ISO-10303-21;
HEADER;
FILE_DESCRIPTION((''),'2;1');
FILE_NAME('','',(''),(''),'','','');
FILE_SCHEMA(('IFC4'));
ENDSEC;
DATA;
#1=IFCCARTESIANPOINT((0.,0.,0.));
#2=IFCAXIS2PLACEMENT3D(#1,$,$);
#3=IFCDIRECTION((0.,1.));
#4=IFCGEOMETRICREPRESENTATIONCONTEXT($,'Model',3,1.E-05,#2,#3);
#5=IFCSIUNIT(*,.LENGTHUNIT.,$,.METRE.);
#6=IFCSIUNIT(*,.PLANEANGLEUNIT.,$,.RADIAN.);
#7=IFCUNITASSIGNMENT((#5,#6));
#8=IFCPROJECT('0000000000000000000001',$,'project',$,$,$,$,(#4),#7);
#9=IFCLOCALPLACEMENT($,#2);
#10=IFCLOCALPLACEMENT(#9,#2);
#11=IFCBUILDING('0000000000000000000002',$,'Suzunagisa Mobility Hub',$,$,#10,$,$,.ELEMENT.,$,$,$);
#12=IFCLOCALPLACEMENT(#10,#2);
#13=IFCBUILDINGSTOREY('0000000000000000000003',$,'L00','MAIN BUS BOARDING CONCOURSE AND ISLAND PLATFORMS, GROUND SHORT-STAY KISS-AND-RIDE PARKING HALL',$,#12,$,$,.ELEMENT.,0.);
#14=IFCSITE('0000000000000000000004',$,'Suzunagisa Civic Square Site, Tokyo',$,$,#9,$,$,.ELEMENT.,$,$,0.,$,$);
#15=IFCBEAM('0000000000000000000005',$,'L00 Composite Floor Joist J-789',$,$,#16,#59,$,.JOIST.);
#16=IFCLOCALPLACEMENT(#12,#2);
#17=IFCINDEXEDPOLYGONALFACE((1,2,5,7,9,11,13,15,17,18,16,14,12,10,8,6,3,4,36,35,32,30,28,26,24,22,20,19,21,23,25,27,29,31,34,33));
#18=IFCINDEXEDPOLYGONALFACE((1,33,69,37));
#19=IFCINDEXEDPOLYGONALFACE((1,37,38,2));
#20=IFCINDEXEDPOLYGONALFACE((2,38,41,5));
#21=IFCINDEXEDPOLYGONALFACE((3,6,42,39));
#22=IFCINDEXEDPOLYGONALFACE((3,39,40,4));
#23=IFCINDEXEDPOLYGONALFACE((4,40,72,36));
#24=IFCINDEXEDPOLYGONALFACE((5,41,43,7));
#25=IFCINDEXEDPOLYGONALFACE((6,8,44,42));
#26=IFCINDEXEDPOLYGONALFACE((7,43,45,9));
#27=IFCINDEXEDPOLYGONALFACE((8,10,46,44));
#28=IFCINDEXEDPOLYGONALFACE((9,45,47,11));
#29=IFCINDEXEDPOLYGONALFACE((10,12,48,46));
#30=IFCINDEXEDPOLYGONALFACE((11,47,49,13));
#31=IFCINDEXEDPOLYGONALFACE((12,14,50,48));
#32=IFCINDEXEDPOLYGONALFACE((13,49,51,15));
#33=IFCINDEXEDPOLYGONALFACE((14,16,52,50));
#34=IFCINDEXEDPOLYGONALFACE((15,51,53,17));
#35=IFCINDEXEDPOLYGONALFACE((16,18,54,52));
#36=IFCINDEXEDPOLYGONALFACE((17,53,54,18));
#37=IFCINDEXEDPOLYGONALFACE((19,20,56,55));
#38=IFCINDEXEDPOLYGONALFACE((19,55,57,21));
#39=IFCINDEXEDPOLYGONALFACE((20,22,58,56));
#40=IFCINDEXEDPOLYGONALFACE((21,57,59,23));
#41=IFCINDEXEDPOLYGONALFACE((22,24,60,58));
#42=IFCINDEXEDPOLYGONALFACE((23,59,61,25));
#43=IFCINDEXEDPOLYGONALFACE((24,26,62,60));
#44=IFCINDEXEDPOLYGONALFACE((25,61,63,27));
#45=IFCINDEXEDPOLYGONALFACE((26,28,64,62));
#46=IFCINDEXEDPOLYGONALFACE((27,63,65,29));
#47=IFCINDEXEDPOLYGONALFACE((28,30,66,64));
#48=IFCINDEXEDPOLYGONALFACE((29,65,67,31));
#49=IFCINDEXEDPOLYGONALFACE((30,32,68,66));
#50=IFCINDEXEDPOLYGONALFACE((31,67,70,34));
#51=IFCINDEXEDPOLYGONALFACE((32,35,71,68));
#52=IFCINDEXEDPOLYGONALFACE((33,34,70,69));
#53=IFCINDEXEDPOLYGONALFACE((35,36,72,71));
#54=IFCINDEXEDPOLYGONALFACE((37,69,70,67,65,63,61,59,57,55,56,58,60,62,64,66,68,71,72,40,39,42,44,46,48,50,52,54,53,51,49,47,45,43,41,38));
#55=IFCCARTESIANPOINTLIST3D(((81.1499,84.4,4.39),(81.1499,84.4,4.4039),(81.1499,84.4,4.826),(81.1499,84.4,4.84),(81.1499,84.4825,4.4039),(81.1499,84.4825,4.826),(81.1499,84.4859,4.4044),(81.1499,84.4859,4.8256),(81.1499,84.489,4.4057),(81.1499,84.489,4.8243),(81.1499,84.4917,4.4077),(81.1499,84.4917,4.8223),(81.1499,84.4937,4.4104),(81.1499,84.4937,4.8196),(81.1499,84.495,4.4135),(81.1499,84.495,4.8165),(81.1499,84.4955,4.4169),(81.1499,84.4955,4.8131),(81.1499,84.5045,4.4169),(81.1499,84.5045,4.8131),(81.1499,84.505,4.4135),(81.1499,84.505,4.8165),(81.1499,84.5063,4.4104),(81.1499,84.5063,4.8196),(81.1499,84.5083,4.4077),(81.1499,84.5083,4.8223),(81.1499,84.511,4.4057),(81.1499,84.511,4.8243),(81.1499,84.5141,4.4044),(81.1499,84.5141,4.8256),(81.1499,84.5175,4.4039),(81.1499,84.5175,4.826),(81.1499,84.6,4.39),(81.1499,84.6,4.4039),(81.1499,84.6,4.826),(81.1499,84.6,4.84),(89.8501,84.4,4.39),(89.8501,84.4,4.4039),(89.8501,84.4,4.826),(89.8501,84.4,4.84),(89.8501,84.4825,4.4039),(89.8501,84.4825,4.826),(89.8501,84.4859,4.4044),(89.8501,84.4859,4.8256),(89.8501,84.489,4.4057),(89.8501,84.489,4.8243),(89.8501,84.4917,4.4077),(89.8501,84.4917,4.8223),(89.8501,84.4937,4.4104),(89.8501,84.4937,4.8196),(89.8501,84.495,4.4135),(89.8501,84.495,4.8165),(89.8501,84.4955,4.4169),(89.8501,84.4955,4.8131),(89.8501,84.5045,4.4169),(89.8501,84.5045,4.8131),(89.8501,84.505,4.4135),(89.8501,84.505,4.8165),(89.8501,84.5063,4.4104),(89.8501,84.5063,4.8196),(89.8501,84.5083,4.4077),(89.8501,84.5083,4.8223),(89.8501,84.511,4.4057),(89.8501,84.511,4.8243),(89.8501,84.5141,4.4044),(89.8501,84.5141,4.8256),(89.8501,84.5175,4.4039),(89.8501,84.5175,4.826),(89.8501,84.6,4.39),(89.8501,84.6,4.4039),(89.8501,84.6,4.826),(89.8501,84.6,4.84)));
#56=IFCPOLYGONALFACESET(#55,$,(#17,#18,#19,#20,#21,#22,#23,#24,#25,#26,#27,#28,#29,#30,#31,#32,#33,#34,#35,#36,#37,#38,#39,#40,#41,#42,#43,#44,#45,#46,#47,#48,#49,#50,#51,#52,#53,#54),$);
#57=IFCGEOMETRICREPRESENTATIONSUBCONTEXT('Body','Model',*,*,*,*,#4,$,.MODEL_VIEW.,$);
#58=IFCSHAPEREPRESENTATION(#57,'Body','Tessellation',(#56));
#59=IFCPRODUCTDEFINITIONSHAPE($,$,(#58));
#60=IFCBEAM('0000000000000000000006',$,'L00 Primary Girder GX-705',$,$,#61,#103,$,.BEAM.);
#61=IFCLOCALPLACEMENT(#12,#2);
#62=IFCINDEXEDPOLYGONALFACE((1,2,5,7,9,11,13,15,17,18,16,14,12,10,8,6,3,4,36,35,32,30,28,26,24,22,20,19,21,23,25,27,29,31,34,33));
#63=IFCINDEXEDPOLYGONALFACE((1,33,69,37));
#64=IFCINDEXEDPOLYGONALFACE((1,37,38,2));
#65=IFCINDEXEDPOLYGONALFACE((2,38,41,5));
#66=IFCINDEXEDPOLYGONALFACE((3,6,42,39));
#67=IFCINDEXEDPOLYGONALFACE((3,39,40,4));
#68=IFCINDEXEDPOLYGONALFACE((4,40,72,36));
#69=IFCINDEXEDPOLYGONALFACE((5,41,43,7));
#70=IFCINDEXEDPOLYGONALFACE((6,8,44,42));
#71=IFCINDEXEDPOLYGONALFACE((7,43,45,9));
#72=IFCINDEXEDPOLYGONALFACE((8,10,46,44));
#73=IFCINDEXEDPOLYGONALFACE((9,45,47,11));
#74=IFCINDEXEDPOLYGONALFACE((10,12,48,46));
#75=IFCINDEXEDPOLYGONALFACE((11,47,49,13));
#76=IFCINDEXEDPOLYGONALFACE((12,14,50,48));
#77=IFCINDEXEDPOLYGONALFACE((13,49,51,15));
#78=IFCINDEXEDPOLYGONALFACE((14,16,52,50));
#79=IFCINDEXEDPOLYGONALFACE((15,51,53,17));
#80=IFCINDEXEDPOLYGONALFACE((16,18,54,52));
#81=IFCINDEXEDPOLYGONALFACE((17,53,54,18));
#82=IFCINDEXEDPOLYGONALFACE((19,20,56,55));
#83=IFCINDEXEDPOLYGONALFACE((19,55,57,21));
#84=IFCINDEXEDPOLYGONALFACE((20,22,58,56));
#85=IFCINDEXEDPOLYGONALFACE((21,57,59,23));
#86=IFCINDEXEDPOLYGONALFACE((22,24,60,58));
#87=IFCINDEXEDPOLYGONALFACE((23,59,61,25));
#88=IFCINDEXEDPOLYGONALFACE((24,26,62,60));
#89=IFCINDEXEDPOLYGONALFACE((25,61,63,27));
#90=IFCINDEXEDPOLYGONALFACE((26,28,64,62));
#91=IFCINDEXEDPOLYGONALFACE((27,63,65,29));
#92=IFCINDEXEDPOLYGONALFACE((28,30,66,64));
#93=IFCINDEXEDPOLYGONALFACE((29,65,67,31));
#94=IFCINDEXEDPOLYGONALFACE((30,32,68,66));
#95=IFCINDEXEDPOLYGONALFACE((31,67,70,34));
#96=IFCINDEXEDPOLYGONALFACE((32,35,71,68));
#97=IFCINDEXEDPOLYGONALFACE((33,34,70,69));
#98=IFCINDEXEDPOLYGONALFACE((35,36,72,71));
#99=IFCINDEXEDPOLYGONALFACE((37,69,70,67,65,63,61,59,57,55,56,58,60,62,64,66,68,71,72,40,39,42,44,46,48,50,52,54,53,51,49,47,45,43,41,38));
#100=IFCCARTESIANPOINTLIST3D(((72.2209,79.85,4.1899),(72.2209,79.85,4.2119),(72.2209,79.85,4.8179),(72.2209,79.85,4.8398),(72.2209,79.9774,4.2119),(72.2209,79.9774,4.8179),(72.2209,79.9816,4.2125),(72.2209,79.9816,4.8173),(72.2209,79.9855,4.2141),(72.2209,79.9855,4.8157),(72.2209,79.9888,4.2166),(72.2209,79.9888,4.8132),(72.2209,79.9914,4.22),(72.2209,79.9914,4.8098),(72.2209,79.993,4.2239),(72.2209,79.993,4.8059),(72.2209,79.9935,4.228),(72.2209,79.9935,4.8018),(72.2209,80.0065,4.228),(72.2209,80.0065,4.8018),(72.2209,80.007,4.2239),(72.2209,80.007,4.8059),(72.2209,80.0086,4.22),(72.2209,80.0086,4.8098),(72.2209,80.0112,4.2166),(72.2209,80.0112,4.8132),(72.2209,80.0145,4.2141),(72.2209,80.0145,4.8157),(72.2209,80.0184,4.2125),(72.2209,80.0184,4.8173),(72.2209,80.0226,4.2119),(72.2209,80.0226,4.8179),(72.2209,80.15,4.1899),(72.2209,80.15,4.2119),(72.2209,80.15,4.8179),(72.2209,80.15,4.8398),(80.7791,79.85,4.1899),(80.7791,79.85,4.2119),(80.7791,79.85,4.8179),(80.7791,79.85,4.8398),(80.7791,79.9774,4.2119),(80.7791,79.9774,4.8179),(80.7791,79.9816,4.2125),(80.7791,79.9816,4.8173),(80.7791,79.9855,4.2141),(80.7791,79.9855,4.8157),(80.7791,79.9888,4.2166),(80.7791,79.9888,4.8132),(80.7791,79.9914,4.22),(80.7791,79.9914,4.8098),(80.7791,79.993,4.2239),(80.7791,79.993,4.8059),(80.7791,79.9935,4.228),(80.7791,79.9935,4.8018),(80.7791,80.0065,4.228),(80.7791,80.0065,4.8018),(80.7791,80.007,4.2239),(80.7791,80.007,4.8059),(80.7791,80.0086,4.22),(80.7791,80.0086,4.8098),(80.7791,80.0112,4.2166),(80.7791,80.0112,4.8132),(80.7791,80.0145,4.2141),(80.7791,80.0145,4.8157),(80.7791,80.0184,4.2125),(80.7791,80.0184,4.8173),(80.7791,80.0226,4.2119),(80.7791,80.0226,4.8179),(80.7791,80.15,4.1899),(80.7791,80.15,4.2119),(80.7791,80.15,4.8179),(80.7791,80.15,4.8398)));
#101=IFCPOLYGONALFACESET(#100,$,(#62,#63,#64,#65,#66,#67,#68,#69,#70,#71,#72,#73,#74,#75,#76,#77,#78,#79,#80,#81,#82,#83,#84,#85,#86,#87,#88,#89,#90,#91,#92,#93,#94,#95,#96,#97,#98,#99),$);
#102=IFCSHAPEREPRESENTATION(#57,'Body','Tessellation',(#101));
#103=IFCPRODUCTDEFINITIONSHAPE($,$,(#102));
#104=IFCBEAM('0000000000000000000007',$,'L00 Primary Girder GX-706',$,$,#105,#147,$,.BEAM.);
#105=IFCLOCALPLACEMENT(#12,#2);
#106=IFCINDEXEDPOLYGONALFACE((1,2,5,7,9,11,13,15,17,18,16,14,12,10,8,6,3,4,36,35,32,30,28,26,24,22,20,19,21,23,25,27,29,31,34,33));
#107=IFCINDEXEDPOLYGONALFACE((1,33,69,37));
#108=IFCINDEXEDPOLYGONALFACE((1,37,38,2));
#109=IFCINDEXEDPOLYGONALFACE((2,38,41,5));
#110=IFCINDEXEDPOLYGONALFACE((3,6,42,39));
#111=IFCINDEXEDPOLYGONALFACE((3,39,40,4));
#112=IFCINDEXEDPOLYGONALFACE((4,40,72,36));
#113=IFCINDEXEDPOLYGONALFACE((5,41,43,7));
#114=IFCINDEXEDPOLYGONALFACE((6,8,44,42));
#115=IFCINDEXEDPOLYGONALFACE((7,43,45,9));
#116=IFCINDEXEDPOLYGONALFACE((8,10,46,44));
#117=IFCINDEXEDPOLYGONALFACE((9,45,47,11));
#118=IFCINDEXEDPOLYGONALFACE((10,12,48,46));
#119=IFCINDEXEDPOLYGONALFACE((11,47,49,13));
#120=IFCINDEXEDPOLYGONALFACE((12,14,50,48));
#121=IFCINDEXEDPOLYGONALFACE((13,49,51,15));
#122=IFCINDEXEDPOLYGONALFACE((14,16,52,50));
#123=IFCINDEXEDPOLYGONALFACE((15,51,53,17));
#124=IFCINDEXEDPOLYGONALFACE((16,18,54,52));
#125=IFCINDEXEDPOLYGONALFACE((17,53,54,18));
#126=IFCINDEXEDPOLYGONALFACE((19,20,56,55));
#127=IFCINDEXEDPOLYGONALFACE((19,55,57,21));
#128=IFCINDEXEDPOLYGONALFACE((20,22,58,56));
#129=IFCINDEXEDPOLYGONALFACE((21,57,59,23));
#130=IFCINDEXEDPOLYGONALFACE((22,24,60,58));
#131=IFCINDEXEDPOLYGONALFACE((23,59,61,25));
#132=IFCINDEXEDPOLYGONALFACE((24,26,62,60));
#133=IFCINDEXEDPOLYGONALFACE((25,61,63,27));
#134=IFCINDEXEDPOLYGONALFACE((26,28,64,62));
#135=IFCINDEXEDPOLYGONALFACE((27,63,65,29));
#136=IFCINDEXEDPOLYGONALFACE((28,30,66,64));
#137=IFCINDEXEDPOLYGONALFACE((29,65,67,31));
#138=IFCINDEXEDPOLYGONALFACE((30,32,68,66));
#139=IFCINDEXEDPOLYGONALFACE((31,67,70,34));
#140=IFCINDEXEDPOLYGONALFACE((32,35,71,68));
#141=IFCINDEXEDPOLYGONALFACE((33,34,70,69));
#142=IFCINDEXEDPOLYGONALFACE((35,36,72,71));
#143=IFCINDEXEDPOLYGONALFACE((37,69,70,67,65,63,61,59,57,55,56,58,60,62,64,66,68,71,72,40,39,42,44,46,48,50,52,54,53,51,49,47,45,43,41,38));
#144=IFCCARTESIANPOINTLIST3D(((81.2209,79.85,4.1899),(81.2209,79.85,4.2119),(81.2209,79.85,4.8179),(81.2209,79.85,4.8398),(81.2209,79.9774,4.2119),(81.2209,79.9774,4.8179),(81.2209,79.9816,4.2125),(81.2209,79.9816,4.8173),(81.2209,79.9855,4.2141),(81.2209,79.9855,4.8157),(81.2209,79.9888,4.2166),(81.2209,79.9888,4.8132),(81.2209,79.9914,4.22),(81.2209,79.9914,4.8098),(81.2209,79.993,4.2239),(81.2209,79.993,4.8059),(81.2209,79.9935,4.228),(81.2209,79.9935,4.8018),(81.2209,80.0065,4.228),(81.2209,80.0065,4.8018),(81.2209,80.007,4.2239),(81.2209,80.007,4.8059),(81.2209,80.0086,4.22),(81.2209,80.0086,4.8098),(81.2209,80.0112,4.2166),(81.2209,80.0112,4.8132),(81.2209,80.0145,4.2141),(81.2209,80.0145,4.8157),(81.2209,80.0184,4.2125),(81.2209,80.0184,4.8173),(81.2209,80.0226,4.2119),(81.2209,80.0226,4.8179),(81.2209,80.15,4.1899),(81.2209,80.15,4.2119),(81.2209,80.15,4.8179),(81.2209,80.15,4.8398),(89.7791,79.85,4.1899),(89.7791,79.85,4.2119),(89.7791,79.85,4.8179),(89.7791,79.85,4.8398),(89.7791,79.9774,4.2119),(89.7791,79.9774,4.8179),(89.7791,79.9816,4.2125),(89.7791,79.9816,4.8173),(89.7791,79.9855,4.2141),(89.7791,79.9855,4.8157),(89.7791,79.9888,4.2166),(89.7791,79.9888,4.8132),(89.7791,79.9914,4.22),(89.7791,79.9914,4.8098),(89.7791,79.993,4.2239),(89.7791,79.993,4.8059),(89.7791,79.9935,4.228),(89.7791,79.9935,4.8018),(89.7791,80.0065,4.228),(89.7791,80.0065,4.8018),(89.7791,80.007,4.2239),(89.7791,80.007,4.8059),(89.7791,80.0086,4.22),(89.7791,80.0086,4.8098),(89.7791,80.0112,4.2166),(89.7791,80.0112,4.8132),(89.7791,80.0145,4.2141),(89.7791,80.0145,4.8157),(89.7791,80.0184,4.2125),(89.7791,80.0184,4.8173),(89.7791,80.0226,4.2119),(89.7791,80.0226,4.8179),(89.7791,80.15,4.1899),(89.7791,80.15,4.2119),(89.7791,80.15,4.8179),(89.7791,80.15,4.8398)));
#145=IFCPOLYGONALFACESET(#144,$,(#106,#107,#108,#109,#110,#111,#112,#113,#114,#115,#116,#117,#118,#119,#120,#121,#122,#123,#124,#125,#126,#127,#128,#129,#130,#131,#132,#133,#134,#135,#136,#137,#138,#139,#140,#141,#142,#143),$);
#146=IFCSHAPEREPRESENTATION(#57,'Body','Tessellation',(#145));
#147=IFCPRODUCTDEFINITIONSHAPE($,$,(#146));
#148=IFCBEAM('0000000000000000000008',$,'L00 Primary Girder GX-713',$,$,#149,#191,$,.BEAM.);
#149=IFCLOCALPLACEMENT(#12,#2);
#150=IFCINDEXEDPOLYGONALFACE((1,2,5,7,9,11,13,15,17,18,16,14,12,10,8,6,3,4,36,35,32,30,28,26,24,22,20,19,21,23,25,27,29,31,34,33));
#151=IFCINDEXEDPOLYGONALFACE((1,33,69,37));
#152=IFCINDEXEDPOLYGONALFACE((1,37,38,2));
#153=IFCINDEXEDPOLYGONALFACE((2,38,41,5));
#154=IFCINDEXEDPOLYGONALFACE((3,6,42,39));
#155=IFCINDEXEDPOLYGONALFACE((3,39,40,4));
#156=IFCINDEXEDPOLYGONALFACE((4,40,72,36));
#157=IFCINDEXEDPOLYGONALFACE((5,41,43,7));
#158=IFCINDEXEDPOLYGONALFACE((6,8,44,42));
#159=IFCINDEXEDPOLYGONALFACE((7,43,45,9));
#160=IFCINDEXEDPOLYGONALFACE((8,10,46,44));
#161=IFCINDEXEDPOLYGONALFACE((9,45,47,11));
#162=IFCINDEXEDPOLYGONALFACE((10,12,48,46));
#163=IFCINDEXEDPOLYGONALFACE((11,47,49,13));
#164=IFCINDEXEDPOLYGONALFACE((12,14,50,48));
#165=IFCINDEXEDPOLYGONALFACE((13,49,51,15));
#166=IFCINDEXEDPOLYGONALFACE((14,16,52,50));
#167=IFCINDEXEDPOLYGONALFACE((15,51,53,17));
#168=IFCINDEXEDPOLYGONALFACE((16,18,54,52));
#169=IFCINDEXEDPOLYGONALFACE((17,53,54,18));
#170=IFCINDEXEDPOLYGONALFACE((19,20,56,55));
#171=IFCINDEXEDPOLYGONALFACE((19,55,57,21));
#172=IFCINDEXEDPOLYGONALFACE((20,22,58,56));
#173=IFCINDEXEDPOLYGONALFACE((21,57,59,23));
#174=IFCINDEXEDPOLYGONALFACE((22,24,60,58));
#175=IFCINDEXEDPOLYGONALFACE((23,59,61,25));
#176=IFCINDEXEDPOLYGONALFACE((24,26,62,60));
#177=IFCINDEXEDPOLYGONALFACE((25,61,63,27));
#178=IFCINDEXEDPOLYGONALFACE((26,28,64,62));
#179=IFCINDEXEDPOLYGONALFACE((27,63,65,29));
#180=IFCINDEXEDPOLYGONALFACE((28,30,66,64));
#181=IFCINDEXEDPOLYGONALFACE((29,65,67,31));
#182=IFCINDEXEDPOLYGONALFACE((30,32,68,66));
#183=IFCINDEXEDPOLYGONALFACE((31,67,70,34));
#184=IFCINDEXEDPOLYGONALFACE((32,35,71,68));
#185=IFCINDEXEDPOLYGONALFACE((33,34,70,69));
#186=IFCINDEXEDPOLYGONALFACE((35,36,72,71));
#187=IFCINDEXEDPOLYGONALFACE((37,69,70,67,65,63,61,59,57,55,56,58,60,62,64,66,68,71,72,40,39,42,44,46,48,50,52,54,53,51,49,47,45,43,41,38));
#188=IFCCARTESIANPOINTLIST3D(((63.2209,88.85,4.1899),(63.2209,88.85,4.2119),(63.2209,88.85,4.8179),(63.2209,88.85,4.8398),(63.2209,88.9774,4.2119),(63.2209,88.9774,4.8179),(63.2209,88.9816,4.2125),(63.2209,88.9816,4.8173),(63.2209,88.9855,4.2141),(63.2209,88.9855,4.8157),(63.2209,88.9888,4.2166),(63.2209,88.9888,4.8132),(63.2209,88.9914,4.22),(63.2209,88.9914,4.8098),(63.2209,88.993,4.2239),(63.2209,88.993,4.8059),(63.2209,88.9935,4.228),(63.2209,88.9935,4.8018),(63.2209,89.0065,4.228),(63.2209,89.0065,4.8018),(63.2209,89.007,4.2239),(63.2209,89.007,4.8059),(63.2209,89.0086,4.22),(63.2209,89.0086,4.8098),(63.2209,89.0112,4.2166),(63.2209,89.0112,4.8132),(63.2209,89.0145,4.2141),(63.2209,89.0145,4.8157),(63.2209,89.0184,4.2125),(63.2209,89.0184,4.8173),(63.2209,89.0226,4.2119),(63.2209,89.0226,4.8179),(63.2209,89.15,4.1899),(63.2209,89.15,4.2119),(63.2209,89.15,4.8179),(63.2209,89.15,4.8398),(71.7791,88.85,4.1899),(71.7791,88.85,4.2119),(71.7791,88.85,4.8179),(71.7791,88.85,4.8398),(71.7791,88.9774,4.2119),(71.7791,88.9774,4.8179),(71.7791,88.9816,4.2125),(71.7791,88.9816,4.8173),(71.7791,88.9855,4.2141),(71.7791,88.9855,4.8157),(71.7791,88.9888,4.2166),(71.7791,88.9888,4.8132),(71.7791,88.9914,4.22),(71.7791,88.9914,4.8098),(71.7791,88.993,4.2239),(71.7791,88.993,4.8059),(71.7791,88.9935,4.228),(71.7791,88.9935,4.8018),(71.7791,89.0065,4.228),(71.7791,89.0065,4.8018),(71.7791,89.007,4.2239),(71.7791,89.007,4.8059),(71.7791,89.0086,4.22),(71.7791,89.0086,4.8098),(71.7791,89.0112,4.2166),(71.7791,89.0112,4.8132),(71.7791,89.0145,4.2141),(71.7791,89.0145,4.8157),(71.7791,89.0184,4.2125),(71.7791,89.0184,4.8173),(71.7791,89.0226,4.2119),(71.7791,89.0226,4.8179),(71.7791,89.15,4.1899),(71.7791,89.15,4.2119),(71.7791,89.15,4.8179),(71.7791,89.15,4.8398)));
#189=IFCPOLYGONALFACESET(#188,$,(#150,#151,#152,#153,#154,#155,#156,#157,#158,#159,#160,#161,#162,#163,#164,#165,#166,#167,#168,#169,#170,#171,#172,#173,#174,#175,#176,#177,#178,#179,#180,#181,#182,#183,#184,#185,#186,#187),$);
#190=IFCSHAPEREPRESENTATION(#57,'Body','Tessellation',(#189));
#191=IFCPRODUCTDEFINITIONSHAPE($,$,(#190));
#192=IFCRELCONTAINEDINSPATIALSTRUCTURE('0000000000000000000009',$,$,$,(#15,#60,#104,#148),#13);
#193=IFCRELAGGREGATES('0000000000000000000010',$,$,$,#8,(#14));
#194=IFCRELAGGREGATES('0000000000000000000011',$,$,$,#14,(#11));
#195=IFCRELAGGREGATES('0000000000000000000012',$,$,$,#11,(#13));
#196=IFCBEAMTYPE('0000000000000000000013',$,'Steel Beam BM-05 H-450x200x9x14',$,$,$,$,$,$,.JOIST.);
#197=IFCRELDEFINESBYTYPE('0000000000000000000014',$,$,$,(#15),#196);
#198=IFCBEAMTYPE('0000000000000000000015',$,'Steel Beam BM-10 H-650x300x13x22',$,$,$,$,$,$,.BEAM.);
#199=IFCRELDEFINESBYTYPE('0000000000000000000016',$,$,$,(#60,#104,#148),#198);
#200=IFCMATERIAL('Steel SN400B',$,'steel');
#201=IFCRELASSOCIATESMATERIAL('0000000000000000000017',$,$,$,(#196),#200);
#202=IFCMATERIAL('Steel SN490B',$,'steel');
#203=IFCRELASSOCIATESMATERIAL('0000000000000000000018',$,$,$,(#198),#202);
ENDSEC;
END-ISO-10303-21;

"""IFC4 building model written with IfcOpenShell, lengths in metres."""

from ifc_helpers import new_model, si_unit, direction, frame, origin, origin_2d, place, context, subcontext, project, spatial, i_section, extrude, material, material_profile, profile_set, type_object, element, save


model = new_model("IFC4")

# Units and contexts
model_context = context("Model", 3, precision=1e-05, world=origin(), true_north=direction((0.0, 1.0)))
body_context = subcontext(model_context, "Body", "Model", "MODEL_VIEW")
ifc_project = project(units=[si_unit("LENGTHUNIT", "METRE"), si_unit("PLANEANGLEUNIT", "RADIAN")], contexts=[model_context])

# Site, building, storey
site_placement = place(None, origin())
site = spatial("IfcSite", under=ifc_project, at=site_placement, Name="Suzunagisa Civic Square Site, Tokyo", CompositionType="ELEMENT", RefElevation=0.0)
building_placement = place(site_placement, origin())
building = spatial("IfcBuilding", under=site, at=building_placement, Name="Suzunagisa Mobility Hub", CompositionType="ELEMENT")
storey_placement = place(building_placement, origin())
storey = spatial("IfcBuildingStorey", under=building, at=storey_placement, Name="L00", Description="MAIN BUS BOARDING CONCOURSE AND ISLAND PLATFORMS, GROUND SHORT-STAY KISS-AND-RIDE PARKING HALL", CompositionType="ELEMENT", Elevation=0.0)

# Shared definitions
ifc_material_1 = material(Name="Steel SN490B", Category="steel")

# Beams
ifc_material_2 = material(Name="Steel SN400B", Category="steel")
ifc_material_profile_1 = material_profile(ifc_material_2, i_section(OverallWidth=0.2, OverallDepth=0.45, WebThickness=0.009, FlangeThickness=0.0139, FilletRadius=0.0129, at=origin_2d()), Name="H-450x200x9x14")
ifc_profile_set_1 = profile_set([ifc_material_profile_1], Name="Steel SN400B")
beam_type_1 = type_object("IfcBeamType", Name="Steel Beam BM-05 H-450x200x9x14", PredefinedType="JOIST", material=ifc_profile_set_1)
for number, where, z_axis, x_axis, name in (
    (1, (81.1499, 84.5, 4.615), (1.0, 0.0, 0.0), (0.0, 1.0, 0.0), "L00 Composite Floor Joist J-789"),
):
    element("IfcBeam", number, at=place(storey_placement, frame(where, z_axis=z_axis, x_axis=x_axis)), inside=storey, type_object=beam_type_1, Name=name, PredefinedType="JOIST", context=body_context, shape_type="SweptSolid", body=[
        extrude(i_section(OverallWidth=0.2, OverallDepth=0.45, WebThickness=0.009, FlangeThickness=0.0139, FilletRadius=0.0129, at=origin_2d()), origin(), (0.0, 0.0, 1.0), 8.7002),
    ])
ifc_material_profile_2 = material_profile(ifc_material_1, i_section(OverallWidth=0.3, OverallDepth=0.6499, WebThickness=0.0129, FlangeThickness=0.022, FilletRadius=0.0161, at=origin_2d()), Name="H-650x300x13x22")
ifc_profile_set_2 = profile_set([ifc_material_profile_2], Name="Steel SN490B")
beam_type_2 = type_object("IfcBeamType", Name="Steel Beam BM-10 H-650x300x13x22", PredefinedType="BEAM", material=ifc_profile_set_2)
for number, where, z_axis, x_axis, name in (
    (2, (72.2209, 80.0, 4.5149), (1.0, 0.0, 0.0), (0.0, 1.0, 0.0), "L00 Primary Girder GX-705"),
    (3, (81.2209, 80.0, 4.5149), (1.0, 0.0, 0.0), (0.0, 1.0, 0.0), "L00 Primary Girder GX-706"),
    (4, (63.2209, 89.0, 4.5149), (1.0, 0.0, 0.0), (0.0, 1.0, 0.0), "L00 Primary Girder GX-713"),
):
    element("IfcBeam", number, at=place(storey_placement, frame(where, z_axis=z_axis, x_axis=x_axis)), inside=storey, type_object=beam_type_2, Name=name, PredefinedType="BEAM", context=body_context, shape_type="SweptSolid", body=[
        extrude(i_section(OverallWidth=0.3, OverallDepth=0.6499, WebThickness=0.0129, FlangeThickness=0.022, FilletRadius=0.0161, at=origin_2d()), origin(), (0.0, 0.0, 1.0), 8.5581),
    ])

save(model, "model.ifc")
